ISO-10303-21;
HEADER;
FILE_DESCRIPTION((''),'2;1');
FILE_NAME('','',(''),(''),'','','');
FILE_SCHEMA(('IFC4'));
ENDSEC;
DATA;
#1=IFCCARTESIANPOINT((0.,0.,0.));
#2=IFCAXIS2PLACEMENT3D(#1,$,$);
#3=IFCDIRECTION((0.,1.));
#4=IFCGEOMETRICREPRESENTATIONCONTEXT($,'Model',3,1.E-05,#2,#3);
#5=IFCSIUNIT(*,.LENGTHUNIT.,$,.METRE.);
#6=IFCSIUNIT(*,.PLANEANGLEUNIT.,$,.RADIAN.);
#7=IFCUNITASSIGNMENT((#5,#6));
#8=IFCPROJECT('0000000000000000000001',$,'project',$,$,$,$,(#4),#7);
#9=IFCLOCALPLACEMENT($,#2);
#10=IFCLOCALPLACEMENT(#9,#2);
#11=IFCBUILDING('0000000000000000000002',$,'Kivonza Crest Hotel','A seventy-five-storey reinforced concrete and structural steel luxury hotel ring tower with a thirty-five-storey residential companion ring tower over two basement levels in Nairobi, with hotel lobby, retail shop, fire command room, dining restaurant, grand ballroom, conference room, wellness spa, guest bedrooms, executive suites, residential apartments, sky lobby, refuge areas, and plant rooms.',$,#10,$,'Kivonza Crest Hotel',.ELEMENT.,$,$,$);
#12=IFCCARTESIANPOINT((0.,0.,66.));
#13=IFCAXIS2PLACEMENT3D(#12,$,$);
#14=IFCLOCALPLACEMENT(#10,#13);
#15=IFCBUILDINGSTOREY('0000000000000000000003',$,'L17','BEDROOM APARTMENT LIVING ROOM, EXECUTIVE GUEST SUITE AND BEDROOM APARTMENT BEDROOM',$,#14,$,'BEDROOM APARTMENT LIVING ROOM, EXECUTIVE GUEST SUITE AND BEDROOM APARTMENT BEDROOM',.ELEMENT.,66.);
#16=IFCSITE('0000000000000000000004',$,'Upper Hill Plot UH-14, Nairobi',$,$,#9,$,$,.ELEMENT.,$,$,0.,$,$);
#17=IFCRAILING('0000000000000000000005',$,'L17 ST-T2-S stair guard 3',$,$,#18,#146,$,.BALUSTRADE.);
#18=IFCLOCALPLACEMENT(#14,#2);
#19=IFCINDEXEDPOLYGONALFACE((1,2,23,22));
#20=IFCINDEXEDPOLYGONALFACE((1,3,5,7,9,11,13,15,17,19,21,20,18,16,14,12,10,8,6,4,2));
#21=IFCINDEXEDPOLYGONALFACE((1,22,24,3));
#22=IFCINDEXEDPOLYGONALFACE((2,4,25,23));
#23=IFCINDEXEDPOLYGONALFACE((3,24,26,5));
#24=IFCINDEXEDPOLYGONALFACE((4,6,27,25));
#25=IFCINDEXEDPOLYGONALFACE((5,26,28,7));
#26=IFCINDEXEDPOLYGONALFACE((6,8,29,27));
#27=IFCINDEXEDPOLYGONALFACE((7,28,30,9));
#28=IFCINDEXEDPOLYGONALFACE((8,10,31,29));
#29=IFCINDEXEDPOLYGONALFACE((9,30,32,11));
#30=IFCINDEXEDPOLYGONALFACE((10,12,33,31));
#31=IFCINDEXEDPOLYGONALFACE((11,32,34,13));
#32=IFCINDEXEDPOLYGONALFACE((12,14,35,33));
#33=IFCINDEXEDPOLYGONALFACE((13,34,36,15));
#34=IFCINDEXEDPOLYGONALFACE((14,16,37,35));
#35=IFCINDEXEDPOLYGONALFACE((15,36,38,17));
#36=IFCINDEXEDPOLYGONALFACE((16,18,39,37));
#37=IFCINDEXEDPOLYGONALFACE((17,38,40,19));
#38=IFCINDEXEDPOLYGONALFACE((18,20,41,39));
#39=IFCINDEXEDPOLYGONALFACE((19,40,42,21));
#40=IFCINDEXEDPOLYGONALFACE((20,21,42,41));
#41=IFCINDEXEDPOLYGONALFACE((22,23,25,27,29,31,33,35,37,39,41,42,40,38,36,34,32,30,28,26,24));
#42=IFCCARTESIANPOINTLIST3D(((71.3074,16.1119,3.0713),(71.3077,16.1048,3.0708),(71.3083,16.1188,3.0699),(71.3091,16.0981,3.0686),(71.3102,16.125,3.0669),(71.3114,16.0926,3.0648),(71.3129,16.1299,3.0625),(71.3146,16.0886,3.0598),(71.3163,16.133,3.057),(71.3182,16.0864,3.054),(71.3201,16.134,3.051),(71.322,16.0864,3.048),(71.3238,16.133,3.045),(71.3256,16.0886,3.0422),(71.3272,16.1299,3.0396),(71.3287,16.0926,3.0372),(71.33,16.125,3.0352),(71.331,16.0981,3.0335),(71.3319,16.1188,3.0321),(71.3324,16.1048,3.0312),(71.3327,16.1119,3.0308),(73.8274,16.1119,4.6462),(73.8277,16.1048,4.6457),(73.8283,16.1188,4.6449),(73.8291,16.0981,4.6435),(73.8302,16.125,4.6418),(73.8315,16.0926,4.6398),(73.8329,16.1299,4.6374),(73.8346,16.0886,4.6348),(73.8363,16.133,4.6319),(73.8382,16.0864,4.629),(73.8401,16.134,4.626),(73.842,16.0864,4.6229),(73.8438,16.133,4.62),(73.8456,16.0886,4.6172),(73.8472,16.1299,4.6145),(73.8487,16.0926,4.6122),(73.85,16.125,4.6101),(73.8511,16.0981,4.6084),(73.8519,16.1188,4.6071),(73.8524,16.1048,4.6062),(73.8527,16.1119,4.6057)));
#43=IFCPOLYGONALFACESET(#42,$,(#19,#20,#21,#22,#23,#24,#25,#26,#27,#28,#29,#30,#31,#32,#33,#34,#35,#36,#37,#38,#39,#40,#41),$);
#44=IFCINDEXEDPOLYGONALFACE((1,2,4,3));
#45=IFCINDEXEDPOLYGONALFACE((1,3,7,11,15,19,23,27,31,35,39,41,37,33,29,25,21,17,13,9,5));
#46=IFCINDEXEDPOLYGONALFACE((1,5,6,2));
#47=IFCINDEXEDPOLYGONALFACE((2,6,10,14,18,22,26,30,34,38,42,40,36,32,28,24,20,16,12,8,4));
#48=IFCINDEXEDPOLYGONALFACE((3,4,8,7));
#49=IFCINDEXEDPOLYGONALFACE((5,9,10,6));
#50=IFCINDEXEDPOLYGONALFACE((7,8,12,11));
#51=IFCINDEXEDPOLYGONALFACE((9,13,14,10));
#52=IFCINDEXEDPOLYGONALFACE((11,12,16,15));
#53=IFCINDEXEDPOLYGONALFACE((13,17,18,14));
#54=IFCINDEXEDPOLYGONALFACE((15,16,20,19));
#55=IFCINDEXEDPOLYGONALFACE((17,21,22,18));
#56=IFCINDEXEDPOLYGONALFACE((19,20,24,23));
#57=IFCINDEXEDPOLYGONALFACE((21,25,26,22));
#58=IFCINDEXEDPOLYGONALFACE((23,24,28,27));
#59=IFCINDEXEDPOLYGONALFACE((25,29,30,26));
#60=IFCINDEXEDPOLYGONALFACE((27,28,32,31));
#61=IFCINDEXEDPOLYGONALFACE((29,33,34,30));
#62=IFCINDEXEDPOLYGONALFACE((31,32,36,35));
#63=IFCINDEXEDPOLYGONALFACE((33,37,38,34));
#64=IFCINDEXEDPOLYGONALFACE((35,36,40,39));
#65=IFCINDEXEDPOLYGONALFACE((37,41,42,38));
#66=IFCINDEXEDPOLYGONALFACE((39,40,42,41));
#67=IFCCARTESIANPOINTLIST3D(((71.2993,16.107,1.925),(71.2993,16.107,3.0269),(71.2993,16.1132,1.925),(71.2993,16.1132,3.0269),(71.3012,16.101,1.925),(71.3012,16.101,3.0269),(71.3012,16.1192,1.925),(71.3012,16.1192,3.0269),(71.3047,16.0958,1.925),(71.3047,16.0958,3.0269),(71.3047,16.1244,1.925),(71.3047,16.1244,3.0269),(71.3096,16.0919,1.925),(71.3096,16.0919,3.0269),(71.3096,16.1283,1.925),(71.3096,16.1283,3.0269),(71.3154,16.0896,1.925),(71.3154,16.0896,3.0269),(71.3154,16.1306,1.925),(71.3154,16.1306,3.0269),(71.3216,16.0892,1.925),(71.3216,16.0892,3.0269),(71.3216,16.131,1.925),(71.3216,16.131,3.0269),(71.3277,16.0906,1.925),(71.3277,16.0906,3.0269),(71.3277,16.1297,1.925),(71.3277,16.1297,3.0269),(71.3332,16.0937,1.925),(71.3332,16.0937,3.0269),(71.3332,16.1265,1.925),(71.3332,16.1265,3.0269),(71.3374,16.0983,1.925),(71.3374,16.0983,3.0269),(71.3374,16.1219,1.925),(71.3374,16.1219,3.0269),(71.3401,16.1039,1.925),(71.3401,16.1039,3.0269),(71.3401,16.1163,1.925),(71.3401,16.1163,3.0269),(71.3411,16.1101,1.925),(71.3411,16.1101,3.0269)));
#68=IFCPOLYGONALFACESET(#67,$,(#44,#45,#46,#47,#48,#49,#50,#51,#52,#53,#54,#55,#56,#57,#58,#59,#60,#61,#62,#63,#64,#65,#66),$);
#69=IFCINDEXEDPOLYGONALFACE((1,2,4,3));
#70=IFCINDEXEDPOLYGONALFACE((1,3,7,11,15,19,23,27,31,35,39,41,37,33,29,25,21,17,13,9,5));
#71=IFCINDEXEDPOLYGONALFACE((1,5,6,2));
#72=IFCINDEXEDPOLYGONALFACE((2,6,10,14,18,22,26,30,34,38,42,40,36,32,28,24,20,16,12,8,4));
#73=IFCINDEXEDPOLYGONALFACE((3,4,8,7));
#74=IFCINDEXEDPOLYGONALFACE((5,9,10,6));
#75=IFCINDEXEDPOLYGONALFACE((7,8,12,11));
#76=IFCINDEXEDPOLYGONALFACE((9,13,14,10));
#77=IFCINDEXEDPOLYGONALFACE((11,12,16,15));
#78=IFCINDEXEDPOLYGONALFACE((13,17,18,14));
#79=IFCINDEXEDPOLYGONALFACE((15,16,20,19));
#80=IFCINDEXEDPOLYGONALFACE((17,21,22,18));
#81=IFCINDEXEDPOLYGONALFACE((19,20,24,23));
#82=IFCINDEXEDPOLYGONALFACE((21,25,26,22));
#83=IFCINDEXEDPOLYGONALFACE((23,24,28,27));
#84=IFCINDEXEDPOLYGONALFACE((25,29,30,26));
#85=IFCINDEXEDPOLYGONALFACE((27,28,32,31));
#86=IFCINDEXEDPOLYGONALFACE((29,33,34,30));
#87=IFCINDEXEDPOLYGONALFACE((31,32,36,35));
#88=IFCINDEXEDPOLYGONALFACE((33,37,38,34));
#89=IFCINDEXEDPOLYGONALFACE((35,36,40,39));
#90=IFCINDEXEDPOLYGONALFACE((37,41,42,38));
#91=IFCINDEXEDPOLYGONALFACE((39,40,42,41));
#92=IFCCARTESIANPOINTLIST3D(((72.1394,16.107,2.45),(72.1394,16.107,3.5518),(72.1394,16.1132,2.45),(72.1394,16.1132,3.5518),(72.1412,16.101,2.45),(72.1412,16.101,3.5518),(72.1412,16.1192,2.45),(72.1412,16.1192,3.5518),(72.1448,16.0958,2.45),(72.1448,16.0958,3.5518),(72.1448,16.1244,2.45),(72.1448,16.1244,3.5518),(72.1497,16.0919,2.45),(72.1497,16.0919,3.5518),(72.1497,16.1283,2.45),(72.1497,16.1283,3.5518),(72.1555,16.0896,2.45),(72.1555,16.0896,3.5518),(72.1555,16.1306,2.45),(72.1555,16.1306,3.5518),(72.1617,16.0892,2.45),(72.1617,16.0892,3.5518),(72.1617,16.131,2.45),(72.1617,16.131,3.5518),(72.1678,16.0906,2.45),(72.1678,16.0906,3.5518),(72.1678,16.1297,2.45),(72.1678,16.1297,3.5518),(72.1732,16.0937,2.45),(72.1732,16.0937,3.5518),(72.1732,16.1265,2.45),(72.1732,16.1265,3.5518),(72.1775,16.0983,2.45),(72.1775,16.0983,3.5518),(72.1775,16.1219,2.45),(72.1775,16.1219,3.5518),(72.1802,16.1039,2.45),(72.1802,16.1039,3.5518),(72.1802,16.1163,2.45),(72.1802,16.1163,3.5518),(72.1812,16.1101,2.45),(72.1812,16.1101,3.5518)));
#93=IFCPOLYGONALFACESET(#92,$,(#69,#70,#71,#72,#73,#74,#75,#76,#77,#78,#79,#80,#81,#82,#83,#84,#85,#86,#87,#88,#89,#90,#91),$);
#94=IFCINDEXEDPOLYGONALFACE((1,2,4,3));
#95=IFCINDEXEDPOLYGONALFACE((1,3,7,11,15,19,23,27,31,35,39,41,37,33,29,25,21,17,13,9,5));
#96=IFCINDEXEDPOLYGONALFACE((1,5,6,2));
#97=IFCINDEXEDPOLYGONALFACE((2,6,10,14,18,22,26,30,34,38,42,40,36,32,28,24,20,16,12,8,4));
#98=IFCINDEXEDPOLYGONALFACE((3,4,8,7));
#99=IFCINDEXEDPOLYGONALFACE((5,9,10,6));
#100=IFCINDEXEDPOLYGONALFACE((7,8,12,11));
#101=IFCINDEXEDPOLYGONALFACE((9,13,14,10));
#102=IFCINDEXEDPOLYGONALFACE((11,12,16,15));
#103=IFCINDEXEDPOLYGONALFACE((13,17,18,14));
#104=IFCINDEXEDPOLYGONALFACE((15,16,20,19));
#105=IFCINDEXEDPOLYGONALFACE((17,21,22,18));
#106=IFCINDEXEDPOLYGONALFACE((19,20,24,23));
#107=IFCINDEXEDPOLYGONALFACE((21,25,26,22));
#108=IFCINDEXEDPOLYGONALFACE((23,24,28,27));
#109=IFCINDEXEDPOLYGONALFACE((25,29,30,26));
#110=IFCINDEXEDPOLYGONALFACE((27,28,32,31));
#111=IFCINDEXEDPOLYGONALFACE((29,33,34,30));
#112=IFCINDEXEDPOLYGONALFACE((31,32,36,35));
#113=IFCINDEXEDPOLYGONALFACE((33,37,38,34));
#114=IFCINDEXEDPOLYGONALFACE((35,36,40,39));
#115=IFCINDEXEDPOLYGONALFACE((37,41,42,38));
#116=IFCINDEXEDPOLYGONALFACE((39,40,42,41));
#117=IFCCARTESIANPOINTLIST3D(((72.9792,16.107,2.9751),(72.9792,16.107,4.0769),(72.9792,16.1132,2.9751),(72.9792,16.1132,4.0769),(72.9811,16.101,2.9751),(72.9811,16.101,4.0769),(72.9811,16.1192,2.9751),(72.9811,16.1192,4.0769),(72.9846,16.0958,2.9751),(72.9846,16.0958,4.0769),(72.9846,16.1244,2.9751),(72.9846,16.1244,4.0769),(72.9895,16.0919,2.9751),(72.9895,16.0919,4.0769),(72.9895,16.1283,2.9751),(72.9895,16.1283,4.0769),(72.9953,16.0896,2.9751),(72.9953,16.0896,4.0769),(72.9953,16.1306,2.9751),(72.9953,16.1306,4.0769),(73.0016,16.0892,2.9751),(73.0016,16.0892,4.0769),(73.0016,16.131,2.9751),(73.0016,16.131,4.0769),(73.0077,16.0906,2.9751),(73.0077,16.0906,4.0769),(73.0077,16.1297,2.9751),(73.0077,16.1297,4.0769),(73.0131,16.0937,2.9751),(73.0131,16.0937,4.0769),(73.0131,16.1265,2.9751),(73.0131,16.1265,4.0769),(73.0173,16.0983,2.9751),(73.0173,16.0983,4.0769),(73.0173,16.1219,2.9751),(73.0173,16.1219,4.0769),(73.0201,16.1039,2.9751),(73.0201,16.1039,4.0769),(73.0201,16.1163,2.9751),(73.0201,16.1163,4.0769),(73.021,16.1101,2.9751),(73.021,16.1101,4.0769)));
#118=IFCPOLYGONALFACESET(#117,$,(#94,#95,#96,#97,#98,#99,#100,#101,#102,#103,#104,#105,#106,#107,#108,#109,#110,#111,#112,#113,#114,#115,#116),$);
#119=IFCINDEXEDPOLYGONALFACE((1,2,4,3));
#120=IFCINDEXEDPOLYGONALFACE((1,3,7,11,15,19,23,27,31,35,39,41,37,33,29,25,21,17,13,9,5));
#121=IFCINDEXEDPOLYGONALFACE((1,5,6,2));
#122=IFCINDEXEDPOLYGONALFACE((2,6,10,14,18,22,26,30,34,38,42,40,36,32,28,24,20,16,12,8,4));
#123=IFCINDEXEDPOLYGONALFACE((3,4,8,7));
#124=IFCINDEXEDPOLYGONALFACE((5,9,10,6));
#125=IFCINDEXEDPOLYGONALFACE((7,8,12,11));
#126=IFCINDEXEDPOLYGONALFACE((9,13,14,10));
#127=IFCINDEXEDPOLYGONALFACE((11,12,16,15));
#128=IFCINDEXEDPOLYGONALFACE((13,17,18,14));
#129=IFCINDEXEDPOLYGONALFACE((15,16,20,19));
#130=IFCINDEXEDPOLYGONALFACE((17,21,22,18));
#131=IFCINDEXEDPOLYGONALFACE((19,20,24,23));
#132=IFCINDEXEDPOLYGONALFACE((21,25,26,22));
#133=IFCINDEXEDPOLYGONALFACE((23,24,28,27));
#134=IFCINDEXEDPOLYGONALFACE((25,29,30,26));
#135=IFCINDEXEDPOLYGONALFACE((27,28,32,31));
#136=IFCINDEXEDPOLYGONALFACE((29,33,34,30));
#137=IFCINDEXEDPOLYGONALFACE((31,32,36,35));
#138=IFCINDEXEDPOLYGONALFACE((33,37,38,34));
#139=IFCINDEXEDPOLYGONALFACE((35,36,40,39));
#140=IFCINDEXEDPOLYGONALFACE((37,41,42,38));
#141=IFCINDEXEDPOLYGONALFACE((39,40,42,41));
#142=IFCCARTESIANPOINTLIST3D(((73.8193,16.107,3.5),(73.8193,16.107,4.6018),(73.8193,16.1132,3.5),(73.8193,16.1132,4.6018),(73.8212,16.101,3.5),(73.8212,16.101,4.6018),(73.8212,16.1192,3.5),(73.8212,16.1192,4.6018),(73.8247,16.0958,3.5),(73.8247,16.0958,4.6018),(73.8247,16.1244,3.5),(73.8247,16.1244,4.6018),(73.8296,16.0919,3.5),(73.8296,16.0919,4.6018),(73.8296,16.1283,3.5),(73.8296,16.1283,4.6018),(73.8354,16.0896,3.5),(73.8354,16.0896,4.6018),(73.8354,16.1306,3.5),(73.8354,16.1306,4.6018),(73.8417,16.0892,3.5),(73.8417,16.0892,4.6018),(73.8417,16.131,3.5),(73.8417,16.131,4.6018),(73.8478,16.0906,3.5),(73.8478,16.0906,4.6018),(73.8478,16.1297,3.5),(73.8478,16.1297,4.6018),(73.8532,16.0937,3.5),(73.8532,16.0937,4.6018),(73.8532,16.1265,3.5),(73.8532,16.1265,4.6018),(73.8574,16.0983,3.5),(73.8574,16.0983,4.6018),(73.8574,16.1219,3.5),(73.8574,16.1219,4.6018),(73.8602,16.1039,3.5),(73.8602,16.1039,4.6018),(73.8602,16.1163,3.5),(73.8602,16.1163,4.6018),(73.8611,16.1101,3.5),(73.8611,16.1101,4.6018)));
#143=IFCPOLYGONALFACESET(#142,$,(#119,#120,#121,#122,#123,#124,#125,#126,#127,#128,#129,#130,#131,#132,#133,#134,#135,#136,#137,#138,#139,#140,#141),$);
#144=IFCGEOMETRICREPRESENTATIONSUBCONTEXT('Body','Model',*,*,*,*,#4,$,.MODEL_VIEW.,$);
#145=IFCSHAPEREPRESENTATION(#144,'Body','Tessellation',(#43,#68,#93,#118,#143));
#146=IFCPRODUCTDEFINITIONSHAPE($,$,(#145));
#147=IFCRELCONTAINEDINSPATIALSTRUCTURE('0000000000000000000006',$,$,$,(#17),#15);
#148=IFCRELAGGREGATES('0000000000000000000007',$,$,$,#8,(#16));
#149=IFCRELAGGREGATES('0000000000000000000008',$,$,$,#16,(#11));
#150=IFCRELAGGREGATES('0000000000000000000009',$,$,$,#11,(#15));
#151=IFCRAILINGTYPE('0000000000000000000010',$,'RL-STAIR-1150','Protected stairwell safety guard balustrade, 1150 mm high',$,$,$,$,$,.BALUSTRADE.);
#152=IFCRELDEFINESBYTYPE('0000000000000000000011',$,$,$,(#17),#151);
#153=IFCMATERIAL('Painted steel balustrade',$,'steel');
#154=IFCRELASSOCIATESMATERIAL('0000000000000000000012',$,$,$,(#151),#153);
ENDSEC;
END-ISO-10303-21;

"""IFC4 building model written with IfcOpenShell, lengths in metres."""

from ifc_helpers import new_model, si_unit, direction, frame, origin, origin_2d, place, context, subcontext, project, spatial, circle, extrude, material, type_object, element, save


model = new_model("IFC4")

# Units and contexts
model_context = context("Model", 3, precision=1e-05, world=origin(), true_north=direction((0.0, 1.0)))
body_context = subcontext(model_context, "Body", "Model", "MODEL_VIEW")
ifc_project = project(units=[si_unit("LENGTHUNIT", "METRE"), si_unit("PLANEANGLEUNIT", "RADIAN")], contexts=[model_context])

# Site, building, storey
site_placement = place(None, origin())
site = spatial("IfcSite", under=ifc_project, at=site_placement, Name="Upper Hill Plot UH-14, Nairobi", CompositionType="ELEMENT", RefElevation=0.0)
building_placement = place(site_placement, origin())
building = spatial("IfcBuilding", under=site, at=building_placement, Name="Kivonza Crest Hotel", Description="A seventy-five-storey reinforced concrete and structural steel luxury hotel ring tower with a thirty-five-storey residential companion ring tower over two basement levels in Nairobi, with hotel lobby, retail shop, fire command room, dining restaurant, grand ballroom, conference room, wellness spa, guest bedrooms, executive suites, residential apartments, sky lobby, refuge areas, and plant rooms.", LongName="Kivonza Crest Hotel", CompositionType="ELEMENT")
storey_placement = place(building_placement, frame((0.0, 0.0, 66.0)))
storey = spatial("IfcBuildingStorey", under=building, at=storey_placement, Name="L17", Description="BEDROOM APARTMENT LIVING ROOM, EXECUTIVE GUEST SUITE AND BEDROOM APARTMENT BEDROOM", LongName="BEDROOM APARTMENT LIVING ROOM, EXECUTIVE GUEST SUITE AND BEDROOM APARTMENT BEDROOM", CompositionType="ELEMENT", Elevation=66.0)

# Railing
ifc_material_1 = material(Name="Painted steel balustrade", Category="steel")
railing_type_1 = type_object("IfcRailingType", Name="RL-STAIR-1150", Description="Protected stairwell safety guard balustrade, 1150 mm high", PredefinedType="BALUSTRADE", material=ifc_material_1)
railing_1_placement = place(storey_placement, frame((71.3201, 16.1101, 1.925)))
element("IfcRailing", 1, at=railing_1_placement, inside=storey, type_object=railing_type_1, Name="L17 ST-T2-S stair guard 3", PredefinedType="BALUSTRADE", context=body_context, shape_type="SweptSolid", body=[
    extrude(circle(Radius=0.0239, at=origin_2d()), frame((0.0, 0.0, 1.126), z_axis=(0.848008, 0.0, 0.529984), x_axis=(0.0, 1.0, 0.0)), (0.0, 0.0, 1.0), 2.9717),
    extrude(circle(Radius=0.021, at=origin_2d()), origin(), (0.0, 0.0, 1.0), 1.1018),
    extrude(circle(Radius=0.021, at=origin_2d()), frame((0.8401, 0.0, 0.5249)), (0.0, 0.0, 1.0), 1.1018),
    extrude(circle(Radius=0.021, at=origin_2d()), frame((1.6799, 0.0, 1.05)), (0.0, 0.0, 1.0), 1.1018),
    extrude(circle(Radius=0.021, at=origin_2d()), frame((2.52, 0.0, 1.575)), (0.0, 0.0, 1.0), 1.1018),
])

save(model, "model.ifc")
